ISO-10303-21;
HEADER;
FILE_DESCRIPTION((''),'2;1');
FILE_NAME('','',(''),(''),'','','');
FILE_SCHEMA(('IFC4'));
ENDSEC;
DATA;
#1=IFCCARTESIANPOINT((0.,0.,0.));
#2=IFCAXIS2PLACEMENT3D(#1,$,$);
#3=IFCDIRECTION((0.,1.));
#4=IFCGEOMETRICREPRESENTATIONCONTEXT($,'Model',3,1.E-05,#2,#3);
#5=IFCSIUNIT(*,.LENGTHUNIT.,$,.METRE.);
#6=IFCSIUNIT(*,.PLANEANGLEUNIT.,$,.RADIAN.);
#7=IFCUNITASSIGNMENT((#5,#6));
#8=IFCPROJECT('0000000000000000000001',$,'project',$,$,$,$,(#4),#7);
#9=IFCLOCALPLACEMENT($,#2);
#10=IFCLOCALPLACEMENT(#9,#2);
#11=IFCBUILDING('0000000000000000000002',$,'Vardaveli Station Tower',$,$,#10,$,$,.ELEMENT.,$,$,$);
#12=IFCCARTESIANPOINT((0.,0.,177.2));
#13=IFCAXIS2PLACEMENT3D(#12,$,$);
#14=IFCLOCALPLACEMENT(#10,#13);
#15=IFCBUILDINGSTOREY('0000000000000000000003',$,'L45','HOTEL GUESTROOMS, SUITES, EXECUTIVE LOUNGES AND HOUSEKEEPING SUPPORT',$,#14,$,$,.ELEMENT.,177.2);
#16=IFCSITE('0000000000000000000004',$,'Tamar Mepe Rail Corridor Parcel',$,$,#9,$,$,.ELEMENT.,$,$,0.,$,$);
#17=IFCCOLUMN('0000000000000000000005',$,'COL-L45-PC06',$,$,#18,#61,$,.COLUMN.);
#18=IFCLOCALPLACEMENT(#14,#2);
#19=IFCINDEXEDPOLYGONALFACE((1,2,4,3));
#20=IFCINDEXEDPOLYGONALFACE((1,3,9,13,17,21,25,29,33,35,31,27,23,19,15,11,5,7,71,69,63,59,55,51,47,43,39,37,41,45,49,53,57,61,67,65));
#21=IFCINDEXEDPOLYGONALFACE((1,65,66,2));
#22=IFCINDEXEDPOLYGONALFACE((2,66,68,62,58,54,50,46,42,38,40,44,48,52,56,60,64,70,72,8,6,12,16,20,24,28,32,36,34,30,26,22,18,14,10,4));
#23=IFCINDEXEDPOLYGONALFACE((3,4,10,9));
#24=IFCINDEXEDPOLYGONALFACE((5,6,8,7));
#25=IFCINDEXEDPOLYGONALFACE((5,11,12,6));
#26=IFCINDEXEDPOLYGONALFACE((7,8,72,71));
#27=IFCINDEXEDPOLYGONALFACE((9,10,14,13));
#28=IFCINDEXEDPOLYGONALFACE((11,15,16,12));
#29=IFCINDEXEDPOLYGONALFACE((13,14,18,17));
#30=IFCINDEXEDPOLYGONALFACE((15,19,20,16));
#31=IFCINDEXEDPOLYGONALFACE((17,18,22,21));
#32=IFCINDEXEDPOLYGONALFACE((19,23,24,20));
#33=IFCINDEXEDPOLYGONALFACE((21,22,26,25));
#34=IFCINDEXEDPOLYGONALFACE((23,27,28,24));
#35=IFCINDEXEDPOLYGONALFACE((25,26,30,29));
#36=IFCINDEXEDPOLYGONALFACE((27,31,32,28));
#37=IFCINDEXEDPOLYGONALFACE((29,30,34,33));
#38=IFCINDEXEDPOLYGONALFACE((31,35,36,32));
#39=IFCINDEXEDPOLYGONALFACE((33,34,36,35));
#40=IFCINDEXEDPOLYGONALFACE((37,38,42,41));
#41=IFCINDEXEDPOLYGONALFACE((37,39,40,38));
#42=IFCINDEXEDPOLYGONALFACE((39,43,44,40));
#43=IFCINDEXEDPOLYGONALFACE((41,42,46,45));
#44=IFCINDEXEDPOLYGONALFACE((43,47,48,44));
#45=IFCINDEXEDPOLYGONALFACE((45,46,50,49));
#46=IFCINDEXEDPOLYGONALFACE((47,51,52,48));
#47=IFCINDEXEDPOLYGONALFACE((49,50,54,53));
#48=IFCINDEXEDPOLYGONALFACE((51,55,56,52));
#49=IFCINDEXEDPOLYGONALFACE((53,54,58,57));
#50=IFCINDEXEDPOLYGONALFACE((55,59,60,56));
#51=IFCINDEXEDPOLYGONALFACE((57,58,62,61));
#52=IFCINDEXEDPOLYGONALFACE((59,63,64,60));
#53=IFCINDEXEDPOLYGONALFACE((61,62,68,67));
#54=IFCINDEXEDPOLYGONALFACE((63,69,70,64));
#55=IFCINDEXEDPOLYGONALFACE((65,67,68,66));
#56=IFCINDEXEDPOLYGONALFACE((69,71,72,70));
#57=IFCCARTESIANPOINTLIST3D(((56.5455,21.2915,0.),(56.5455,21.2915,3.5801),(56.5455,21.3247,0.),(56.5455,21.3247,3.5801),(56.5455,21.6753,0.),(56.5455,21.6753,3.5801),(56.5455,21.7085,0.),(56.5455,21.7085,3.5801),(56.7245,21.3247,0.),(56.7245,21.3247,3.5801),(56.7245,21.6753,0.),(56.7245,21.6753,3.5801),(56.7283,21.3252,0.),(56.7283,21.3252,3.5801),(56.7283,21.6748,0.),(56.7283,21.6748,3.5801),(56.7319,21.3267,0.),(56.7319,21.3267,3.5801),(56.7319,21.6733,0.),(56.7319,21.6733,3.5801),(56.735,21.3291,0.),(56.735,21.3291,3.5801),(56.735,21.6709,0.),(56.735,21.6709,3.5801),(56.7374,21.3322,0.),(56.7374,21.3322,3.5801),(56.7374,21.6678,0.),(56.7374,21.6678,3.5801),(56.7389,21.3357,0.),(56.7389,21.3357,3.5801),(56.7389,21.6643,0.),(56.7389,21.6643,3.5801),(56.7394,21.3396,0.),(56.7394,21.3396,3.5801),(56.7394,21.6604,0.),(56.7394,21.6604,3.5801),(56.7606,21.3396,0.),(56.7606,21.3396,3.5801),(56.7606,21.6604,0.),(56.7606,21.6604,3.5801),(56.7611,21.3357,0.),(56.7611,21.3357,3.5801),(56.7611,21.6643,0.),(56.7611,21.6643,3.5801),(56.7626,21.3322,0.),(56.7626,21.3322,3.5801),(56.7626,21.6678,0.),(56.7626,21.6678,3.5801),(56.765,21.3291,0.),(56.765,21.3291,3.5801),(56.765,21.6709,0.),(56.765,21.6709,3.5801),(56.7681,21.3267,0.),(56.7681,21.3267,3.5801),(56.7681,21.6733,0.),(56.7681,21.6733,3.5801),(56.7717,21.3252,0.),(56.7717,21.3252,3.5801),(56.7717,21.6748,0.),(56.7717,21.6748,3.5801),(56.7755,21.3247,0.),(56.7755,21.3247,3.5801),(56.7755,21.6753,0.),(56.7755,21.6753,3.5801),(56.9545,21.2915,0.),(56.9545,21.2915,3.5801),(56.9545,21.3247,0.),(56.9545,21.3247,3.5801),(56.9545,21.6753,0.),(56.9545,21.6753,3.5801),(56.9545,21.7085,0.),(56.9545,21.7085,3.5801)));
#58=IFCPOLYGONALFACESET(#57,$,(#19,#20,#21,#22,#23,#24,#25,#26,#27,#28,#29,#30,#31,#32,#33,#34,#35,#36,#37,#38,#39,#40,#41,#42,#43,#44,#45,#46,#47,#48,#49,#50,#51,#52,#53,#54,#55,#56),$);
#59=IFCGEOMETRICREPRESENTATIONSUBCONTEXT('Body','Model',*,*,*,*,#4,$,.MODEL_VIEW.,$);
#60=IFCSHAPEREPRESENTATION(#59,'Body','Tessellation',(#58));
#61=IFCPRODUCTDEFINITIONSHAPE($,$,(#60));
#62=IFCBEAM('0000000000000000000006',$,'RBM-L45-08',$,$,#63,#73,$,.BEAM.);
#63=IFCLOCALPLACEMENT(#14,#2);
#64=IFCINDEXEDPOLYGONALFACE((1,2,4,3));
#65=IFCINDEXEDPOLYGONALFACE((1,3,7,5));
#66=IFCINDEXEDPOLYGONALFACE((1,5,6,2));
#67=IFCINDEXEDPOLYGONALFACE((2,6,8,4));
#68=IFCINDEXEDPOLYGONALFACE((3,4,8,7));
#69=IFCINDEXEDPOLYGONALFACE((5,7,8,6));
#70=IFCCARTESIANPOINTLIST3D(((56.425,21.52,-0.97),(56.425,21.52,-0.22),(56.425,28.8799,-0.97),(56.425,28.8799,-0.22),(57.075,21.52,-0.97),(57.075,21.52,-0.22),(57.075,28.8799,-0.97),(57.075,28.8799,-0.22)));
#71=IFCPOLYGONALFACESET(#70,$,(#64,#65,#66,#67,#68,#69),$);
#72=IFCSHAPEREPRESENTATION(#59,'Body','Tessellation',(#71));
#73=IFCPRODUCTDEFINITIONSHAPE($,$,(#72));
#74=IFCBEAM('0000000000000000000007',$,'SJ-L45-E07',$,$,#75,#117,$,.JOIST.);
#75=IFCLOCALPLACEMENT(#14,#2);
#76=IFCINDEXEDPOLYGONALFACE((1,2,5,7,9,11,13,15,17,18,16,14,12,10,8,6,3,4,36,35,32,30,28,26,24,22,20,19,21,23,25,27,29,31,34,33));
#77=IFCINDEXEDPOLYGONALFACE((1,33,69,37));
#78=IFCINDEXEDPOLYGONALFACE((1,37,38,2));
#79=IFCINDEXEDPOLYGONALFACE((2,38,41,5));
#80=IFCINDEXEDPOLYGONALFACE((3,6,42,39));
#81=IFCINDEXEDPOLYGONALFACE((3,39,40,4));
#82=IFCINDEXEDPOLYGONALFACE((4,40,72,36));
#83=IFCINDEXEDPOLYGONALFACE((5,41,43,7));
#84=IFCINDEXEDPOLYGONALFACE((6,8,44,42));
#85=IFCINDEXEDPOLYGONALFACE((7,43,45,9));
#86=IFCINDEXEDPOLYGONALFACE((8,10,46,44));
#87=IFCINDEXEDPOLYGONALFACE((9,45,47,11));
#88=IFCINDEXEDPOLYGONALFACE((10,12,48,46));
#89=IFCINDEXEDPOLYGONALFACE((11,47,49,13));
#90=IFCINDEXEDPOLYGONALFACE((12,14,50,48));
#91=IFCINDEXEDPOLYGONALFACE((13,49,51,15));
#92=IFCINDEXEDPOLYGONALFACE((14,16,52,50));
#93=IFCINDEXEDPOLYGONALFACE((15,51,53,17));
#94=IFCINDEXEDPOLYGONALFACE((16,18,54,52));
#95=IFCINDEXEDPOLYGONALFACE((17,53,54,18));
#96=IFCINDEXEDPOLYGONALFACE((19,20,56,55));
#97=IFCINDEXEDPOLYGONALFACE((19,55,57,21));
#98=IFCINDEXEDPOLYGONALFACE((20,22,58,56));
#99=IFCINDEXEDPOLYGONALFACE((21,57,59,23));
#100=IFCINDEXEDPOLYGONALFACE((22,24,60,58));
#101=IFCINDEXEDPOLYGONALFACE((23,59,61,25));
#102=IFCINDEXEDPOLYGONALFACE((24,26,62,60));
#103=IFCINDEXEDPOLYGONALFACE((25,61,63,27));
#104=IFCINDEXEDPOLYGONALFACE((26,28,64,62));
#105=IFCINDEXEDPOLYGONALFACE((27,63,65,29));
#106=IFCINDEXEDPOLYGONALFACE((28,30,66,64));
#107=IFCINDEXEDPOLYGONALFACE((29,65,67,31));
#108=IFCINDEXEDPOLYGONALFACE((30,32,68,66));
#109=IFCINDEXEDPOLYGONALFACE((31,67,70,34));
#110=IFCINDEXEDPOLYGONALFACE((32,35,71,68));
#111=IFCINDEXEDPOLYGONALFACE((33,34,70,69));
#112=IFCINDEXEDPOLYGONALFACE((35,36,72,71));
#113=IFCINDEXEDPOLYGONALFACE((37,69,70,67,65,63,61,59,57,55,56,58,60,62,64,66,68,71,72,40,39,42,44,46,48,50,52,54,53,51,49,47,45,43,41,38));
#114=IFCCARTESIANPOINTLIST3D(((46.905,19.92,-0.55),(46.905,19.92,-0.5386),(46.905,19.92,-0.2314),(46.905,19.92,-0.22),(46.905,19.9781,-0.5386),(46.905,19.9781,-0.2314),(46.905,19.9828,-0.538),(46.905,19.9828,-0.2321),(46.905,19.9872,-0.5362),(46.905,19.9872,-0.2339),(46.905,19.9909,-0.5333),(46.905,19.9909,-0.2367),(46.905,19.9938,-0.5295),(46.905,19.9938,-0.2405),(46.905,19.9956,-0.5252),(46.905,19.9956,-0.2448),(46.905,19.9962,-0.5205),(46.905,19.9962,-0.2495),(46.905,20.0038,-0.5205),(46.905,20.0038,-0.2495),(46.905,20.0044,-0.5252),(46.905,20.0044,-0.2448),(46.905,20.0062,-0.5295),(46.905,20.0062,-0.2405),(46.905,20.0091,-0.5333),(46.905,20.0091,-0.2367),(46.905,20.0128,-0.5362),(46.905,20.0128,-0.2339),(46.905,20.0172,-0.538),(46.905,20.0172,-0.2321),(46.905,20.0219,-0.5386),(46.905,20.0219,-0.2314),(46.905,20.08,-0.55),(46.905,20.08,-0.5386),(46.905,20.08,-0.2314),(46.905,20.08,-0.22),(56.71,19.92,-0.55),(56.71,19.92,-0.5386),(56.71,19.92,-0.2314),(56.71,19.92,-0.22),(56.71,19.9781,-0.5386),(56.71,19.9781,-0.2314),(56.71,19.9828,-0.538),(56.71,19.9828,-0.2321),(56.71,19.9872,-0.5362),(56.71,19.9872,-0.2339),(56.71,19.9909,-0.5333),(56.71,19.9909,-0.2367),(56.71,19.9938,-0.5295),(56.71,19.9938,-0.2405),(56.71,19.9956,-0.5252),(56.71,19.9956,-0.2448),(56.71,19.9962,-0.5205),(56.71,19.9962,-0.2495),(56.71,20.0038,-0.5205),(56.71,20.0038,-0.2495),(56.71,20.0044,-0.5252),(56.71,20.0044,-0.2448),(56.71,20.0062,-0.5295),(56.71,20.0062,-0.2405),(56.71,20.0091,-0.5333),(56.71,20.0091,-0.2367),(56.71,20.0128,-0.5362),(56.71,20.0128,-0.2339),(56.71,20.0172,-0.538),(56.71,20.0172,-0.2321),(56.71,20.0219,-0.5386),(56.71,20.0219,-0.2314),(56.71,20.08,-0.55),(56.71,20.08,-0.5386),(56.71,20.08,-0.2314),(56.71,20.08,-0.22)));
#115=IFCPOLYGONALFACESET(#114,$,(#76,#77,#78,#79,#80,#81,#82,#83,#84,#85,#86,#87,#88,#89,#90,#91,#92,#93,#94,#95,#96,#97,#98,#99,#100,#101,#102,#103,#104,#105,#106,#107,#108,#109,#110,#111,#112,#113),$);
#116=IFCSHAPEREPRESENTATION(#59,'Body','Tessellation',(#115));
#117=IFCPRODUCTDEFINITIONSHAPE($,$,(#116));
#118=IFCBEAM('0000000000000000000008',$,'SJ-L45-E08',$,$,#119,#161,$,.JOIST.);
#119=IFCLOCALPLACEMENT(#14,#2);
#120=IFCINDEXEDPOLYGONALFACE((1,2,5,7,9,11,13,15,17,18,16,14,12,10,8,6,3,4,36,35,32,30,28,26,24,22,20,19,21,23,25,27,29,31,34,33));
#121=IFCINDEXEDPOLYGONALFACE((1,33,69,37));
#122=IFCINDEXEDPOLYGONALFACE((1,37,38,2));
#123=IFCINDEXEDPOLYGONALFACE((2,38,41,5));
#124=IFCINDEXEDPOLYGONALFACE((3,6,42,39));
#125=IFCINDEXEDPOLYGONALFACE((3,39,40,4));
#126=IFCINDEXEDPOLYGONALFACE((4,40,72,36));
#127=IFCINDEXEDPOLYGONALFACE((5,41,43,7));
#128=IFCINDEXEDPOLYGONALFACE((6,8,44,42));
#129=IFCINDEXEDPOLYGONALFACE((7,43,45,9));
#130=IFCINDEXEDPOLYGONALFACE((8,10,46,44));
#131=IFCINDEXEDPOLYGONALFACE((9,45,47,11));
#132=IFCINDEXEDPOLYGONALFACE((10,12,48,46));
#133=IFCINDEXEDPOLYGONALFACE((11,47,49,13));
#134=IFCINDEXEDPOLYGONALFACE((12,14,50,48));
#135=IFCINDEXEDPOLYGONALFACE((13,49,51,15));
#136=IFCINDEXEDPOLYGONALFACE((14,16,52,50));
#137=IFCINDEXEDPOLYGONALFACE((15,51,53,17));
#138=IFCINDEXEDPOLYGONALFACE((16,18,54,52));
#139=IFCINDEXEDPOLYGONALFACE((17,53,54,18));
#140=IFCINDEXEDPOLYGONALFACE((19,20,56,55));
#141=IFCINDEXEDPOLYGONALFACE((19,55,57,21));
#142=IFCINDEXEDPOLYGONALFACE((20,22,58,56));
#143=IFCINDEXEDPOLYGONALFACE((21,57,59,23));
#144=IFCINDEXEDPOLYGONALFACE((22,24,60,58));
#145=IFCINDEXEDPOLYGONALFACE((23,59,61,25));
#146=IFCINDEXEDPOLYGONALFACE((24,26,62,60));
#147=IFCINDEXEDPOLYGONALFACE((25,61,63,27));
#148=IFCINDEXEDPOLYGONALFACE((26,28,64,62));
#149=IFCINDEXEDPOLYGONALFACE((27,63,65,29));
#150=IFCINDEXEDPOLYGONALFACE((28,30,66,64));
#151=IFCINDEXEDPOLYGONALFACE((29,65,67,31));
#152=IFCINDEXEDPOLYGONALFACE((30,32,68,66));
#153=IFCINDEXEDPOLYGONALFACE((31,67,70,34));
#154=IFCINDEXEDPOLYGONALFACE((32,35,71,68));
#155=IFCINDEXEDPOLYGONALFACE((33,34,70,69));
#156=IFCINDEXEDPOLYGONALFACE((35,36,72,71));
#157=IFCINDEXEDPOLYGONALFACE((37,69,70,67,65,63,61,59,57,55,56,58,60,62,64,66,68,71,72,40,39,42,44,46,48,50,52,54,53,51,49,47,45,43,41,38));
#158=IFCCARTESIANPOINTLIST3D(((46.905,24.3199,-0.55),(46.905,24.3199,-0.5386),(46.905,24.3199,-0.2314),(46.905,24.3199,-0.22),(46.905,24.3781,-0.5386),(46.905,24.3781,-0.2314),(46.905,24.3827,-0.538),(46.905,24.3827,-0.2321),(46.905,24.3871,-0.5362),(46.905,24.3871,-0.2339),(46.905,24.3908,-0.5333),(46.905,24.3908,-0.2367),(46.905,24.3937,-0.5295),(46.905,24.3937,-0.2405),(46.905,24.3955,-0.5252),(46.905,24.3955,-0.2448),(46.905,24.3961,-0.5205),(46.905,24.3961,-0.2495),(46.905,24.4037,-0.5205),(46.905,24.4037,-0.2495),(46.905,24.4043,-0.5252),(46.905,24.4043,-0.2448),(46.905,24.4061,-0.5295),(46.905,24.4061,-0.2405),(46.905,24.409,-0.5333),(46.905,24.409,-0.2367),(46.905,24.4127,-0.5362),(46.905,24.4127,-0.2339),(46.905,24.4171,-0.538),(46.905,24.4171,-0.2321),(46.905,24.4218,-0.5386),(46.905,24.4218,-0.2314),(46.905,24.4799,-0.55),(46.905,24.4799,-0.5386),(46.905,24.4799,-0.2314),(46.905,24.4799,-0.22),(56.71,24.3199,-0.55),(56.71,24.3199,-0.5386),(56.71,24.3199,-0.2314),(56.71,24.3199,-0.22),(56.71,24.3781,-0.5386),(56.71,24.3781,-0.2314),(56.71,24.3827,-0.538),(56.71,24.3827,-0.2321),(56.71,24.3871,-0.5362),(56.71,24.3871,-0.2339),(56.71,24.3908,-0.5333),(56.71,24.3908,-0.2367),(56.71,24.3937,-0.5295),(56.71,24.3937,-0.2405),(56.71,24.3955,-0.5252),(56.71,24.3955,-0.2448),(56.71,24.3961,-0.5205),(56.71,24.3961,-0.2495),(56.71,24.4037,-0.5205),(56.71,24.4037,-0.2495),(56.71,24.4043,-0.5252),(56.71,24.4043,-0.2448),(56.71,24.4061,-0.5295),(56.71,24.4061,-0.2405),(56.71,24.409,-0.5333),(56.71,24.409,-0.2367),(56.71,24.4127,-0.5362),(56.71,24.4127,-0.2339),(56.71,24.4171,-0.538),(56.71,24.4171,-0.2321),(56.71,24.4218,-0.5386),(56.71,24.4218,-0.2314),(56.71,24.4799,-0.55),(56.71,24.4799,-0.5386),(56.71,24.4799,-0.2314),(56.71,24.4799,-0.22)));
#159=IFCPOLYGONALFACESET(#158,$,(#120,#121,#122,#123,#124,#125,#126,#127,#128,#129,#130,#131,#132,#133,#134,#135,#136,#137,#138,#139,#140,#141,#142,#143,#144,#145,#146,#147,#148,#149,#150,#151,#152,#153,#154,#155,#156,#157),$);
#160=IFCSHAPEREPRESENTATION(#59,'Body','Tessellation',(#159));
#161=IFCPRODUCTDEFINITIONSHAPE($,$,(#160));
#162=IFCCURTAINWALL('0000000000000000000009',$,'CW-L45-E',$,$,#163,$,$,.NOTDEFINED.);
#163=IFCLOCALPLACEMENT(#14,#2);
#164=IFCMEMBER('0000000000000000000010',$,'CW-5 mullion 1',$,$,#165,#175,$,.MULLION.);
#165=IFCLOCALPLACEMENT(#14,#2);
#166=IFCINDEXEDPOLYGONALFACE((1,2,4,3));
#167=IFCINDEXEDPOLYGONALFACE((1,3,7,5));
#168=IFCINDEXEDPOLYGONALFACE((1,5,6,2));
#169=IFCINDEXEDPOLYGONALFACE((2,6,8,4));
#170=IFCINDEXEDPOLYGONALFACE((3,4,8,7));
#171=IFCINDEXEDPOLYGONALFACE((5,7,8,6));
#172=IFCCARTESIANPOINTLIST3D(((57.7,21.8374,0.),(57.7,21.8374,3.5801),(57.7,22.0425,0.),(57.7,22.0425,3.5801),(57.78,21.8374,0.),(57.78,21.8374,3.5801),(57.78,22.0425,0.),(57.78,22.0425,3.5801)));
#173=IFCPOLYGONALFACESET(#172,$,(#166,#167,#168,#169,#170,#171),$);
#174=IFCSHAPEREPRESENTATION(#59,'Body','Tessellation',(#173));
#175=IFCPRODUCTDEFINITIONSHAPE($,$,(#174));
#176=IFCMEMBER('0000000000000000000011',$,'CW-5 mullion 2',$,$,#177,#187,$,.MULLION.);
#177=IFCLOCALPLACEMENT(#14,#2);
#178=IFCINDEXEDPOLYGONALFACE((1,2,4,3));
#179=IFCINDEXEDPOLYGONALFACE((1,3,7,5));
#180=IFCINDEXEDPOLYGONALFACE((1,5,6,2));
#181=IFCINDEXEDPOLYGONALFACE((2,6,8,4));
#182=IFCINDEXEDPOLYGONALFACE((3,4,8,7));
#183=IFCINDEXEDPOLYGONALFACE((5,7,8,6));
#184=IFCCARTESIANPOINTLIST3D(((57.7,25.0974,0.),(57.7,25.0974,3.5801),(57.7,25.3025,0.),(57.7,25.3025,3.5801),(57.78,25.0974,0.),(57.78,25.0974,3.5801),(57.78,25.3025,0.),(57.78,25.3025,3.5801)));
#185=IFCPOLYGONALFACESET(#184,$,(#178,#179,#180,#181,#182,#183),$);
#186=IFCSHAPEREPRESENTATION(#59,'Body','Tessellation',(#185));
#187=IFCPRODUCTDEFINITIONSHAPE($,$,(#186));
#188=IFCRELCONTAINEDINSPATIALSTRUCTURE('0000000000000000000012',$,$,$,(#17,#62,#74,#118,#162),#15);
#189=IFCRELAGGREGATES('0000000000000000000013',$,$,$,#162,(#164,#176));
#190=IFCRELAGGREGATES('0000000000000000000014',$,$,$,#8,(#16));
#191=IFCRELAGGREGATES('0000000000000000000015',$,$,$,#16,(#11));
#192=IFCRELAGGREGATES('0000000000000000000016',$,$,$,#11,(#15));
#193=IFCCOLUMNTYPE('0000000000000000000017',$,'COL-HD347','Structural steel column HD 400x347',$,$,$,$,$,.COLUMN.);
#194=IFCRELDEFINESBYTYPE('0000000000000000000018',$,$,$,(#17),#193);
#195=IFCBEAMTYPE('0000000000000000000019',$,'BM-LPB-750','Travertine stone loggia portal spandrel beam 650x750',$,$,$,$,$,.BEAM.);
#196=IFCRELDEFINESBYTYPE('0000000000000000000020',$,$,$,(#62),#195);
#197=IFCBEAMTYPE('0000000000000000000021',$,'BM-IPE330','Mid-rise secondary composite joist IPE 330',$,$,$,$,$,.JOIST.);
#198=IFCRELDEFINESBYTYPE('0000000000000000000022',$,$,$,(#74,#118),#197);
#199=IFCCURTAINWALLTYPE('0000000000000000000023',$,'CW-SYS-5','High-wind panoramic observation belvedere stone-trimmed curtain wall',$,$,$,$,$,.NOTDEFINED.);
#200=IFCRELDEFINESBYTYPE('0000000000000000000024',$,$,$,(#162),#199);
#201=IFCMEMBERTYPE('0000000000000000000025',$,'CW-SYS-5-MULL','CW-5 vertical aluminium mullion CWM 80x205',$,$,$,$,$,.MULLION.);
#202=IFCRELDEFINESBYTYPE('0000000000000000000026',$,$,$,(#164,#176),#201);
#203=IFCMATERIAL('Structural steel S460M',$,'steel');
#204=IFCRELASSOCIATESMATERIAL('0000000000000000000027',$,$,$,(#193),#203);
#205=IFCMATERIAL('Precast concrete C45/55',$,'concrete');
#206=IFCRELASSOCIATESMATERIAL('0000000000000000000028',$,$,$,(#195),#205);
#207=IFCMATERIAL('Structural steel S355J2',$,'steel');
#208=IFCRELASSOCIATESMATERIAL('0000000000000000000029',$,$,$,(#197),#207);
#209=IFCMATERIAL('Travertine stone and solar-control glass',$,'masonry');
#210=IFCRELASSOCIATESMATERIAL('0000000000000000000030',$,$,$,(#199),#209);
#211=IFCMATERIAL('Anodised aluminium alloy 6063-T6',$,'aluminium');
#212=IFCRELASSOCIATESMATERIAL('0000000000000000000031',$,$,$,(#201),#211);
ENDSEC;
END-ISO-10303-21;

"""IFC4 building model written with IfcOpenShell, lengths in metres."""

from ifc_helpers import new_model, si_unit, direction, frame, origin, origin_2d, place, context, subcontext, project, spatial, rectangle, i_section, extrude, source, transform, mapped, material, material_profile, profile_set, type_object, element, aggregate, save


model = new_model("IFC4")

# Units and contexts
model_context = context("Model", 3, precision=1e-05, world=origin(), true_north=direction((0.0, 1.0)))
body_context = subcontext(model_context, "Body", "Model", "MODEL_VIEW")
ifc_project = project(units=[si_unit("LENGTHUNIT", "METRE"), si_unit("PLANEANGLEUNIT", "RADIAN")], contexts=[model_context])

# Site, building, storey
site_placement = place(None, origin())
site = spatial("IfcSite", under=ifc_project, at=site_placement, Name="Tamar Mepe Rail Corridor Parcel", CompositionType="ELEMENT", RefElevation=0.0)
building_placement = place(site_placement, origin())
building = spatial("IfcBuilding", under=site, at=building_placement, Name="Vardaveli Station Tower", CompositionType="ELEMENT")
storey_placement = place(building_placement, frame((0.0, 0.0, 177.2)))
storey = spatial("IfcBuildingStorey", under=building, at=storey_placement, Name="L45", Description="HOTEL GUESTROOMS, SUITES, EXECUTIVE LOUNGES AND HOUSEKEEPING SUPPORT", CompositionType="ELEMENT", Elevation=177.2)

# Column
ifc_material_1 = material(Name="Structural steel S460M", Category="steel")
ifc_material_profile_1 = material_profile(ifc_material_1, i_section(OverallWidth=0.4089, OverallDepth=0.417, WebThickness=0.0212, FlangeThickness=0.0332, FilletRadius=0.0149, at=origin_2d()), Name="HD 400x347")
ifc_profile_set_1 = profile_set([ifc_material_profile_1], Name="Structural steel S460M")
column_type = type_object("IfcColumnType", Name="COL-HD347", Description="Structural steel column HD 400x347", PredefinedType="COLUMN", material=ifc_profile_set_1)
shared_shape_1 = source(origin(), body_context, "Body", "SweptSolid", [
    extrude(i_section(OverallWidth=0.4089, OverallDepth=0.417, WebThickness=0.0212, FlangeThickness=0.0332, FilletRadius=0.0149, at=origin_2d()), origin(), (0.0, 0.0, 1.0), 3.5801),
])
column_placement = place(storey_placement, frame((56.75, 21.5, 0.0), z_axis=(0.0, 0.0, 1.0), x_axis=(1.0, 0.0, 0.0)))
element("IfcColumn", 1, at=column_placement, inside=storey, type_object=column_type, Name="COL-L45-PC06", PredefinedType="COLUMN", context=body_context, shape_type="MappedRepresentation", body=[
    mapped(shared_shape_1, transform((0.0, 0.0, 0.0), scale=1.0)),
])

# Beams
ifc_material_2 = material(Name="Precast concrete C45/55", Category="concrete")
ifc_material_profile_2 = material_profile(ifc_material_2, rectangle(XDim=0.6499, YDim=0.75, at=origin_2d()), Name="LPB 650x750")
ifc_profile_set_2 = profile_set([ifc_material_profile_2], Name="Precast concrete C45/55")
beam_type_1 = type_object("IfcBeamType", Name="BM-LPB-750", Description="Travertine stone loggia portal spandrel beam 650x750", PredefinedType="BEAM", material=ifc_profile_set_2)
shared_shape_2 = source(origin(), body_context, "Body", "SweptSolid", [
    extrude(rectangle(XDim=0.6499, YDim=0.75, at=origin_2d()), origin(), (0.0, 0.0, 1.0), 7.3599),
])
beam_placement = place(storey_placement, frame((56.75, 21.52, -0.595), z_axis=(0.0, 1.0, 0.0), x_axis=(-1.0, 0.0, 0.0)))
element("IfcBeam", 2, at=beam_placement, inside=storey, type_object=beam_type_1, Name="RBM-L45-08", PredefinedType="BEAM", context=body_context, shape_type="MappedRepresentation", body=[
    mapped(shared_shape_2, transform((0.0, 0.0, 0.0), scale=1.0)),
])
ifc_material_3 = material(Name="Structural steel S355J2", Category="steel")
ifc_material_profile_3 = material_profile(ifc_material_3, i_section(OverallWidth=0.1599, OverallDepth=0.3301, WebThickness=0.0076, FlangeThickness=0.0115, FilletRadius=0.0181, at=origin_2d()), Name="IPE 330")
ifc_profile_set_3 = profile_set([ifc_material_profile_3], Name="Structural steel S355J2")
beam_type_2 = type_object("IfcBeamType", Name="BM-IPE330", Description="Mid-rise secondary composite joist IPE 330", PredefinedType="JOIST", material=ifc_profile_set_3)
shared_shape_3 = source(origin(), body_context, "Body", "SweptSolid", [
    extrude(i_section(OverallWidth=0.1599, OverallDepth=0.3301, WebThickness=0.0076, FlangeThickness=0.0115, FilletRadius=0.0181, at=origin_2d()), origin(), (0.0, 0.0, 1.0), 9.8049),
])
for number, where, z_axis, x_axis, name in (
    (3, (46.905, 20.0, -0.385), (1.0, 0.0, 0.0), (0.0, 1.0, 0.0), "SJ-L45-E07"),
    (4, (46.905, 24.3999, -0.385), (1.0, 0.0, 0.0), (0.0, 1.0, 0.0), "SJ-L45-E08"),
):
    element("IfcBeam", number, at=place(storey_placement, frame(where, z_axis=z_axis, x_axis=x_axis)), inside=storey, type_object=beam_type_2, Name=name, PredefinedType="JOIST", context=body_context, shape_type="MappedRepresentation", body=[
        mapped(shared_shape_3, transform((0.0, 0.0, 0.0), scale=1.0)),
    ])

# Curtain wall, members
ifc_material_4 = material(Name="Travertine stone and solar-control glass", Category="masonry")
curtain_wall_type = type_object("IfcCurtainWallType", Name="CW-SYS-5", Description="High-wind panoramic observation belvedere stone-trimmed curtain wall", PredefinedType="NOTDEFINED", material=ifc_material_4)
curtain_wall_placement = place(storey_placement, origin())
curtain_wall = element("IfcCurtainWall", 5, at=curtain_wall_placement, inside=storey, type_object=curtain_wall_type, Name="CW-L45-E", PredefinedType="NOTDEFINED")
ifc_material_5 = material(Name="Anodised aluminium alloy 6063-T6", Category="aluminium")
ifc_material_profile_4 = material_profile(ifc_material_5, rectangle(XDim=0.0801, YDim=0.2051, at=origin_2d()), Name="CWM 80x205")
ifc_profile_set_4 = profile_set([ifc_material_profile_4], Name="Anodised aluminium alloy 6063-T6")
member_type_1 = type_object("IfcMemberType", Name="CW-SYS-5-MULL", Description="CW-5 vertical aluminium mullion CWM 80x205", PredefinedType="MULLION", material=ifc_profile_set_4)
shared_shape_4 = source(origin(), body_context, "Body", "SweptSolid", [
    extrude(rectangle(XDim=0.0801, YDim=0.2051, at=origin_2d()), origin(), (0.0, 0.0, 1.0), 3.5801),
])
member_1_placement = place(storey_placement, frame((57.74, 21.9399, 0.0), z_axis=(0.0, 0.0, 1.0), x_axis=(-1.0, 0.0, 0.0)))
member_1 = element("IfcMember", 6, at=member_1_placement, type_object=member_type_1, Name="CW-5 mullion 1", PredefinedType="MULLION", context=body_context, shape_type="MappedRepresentation", body=[
    mapped(shared_shape_4, transform((0.0, 0.0, 0.0), scale=1.0)),
])
member_2_placement = place(storey_placement, frame((57.74, 25.2, 0.0), z_axis=(0.0, 0.0, 1.0), x_axis=(-1.0, 0.0, 0.0)))
member_2 = element("IfcMember", 7, at=member_2_placement, type_object=member_type_1, Name="CW-5 mullion 2", PredefinedType="MULLION", context=body_context, shape_type="MappedRepresentation", body=[
    mapped(shared_shape_4, transform((0.0, 0.0, 0.0), scale=1.0)),
])
aggregate(curtain_wall, [member_1, member_2])

save(model, "model.ifc")
